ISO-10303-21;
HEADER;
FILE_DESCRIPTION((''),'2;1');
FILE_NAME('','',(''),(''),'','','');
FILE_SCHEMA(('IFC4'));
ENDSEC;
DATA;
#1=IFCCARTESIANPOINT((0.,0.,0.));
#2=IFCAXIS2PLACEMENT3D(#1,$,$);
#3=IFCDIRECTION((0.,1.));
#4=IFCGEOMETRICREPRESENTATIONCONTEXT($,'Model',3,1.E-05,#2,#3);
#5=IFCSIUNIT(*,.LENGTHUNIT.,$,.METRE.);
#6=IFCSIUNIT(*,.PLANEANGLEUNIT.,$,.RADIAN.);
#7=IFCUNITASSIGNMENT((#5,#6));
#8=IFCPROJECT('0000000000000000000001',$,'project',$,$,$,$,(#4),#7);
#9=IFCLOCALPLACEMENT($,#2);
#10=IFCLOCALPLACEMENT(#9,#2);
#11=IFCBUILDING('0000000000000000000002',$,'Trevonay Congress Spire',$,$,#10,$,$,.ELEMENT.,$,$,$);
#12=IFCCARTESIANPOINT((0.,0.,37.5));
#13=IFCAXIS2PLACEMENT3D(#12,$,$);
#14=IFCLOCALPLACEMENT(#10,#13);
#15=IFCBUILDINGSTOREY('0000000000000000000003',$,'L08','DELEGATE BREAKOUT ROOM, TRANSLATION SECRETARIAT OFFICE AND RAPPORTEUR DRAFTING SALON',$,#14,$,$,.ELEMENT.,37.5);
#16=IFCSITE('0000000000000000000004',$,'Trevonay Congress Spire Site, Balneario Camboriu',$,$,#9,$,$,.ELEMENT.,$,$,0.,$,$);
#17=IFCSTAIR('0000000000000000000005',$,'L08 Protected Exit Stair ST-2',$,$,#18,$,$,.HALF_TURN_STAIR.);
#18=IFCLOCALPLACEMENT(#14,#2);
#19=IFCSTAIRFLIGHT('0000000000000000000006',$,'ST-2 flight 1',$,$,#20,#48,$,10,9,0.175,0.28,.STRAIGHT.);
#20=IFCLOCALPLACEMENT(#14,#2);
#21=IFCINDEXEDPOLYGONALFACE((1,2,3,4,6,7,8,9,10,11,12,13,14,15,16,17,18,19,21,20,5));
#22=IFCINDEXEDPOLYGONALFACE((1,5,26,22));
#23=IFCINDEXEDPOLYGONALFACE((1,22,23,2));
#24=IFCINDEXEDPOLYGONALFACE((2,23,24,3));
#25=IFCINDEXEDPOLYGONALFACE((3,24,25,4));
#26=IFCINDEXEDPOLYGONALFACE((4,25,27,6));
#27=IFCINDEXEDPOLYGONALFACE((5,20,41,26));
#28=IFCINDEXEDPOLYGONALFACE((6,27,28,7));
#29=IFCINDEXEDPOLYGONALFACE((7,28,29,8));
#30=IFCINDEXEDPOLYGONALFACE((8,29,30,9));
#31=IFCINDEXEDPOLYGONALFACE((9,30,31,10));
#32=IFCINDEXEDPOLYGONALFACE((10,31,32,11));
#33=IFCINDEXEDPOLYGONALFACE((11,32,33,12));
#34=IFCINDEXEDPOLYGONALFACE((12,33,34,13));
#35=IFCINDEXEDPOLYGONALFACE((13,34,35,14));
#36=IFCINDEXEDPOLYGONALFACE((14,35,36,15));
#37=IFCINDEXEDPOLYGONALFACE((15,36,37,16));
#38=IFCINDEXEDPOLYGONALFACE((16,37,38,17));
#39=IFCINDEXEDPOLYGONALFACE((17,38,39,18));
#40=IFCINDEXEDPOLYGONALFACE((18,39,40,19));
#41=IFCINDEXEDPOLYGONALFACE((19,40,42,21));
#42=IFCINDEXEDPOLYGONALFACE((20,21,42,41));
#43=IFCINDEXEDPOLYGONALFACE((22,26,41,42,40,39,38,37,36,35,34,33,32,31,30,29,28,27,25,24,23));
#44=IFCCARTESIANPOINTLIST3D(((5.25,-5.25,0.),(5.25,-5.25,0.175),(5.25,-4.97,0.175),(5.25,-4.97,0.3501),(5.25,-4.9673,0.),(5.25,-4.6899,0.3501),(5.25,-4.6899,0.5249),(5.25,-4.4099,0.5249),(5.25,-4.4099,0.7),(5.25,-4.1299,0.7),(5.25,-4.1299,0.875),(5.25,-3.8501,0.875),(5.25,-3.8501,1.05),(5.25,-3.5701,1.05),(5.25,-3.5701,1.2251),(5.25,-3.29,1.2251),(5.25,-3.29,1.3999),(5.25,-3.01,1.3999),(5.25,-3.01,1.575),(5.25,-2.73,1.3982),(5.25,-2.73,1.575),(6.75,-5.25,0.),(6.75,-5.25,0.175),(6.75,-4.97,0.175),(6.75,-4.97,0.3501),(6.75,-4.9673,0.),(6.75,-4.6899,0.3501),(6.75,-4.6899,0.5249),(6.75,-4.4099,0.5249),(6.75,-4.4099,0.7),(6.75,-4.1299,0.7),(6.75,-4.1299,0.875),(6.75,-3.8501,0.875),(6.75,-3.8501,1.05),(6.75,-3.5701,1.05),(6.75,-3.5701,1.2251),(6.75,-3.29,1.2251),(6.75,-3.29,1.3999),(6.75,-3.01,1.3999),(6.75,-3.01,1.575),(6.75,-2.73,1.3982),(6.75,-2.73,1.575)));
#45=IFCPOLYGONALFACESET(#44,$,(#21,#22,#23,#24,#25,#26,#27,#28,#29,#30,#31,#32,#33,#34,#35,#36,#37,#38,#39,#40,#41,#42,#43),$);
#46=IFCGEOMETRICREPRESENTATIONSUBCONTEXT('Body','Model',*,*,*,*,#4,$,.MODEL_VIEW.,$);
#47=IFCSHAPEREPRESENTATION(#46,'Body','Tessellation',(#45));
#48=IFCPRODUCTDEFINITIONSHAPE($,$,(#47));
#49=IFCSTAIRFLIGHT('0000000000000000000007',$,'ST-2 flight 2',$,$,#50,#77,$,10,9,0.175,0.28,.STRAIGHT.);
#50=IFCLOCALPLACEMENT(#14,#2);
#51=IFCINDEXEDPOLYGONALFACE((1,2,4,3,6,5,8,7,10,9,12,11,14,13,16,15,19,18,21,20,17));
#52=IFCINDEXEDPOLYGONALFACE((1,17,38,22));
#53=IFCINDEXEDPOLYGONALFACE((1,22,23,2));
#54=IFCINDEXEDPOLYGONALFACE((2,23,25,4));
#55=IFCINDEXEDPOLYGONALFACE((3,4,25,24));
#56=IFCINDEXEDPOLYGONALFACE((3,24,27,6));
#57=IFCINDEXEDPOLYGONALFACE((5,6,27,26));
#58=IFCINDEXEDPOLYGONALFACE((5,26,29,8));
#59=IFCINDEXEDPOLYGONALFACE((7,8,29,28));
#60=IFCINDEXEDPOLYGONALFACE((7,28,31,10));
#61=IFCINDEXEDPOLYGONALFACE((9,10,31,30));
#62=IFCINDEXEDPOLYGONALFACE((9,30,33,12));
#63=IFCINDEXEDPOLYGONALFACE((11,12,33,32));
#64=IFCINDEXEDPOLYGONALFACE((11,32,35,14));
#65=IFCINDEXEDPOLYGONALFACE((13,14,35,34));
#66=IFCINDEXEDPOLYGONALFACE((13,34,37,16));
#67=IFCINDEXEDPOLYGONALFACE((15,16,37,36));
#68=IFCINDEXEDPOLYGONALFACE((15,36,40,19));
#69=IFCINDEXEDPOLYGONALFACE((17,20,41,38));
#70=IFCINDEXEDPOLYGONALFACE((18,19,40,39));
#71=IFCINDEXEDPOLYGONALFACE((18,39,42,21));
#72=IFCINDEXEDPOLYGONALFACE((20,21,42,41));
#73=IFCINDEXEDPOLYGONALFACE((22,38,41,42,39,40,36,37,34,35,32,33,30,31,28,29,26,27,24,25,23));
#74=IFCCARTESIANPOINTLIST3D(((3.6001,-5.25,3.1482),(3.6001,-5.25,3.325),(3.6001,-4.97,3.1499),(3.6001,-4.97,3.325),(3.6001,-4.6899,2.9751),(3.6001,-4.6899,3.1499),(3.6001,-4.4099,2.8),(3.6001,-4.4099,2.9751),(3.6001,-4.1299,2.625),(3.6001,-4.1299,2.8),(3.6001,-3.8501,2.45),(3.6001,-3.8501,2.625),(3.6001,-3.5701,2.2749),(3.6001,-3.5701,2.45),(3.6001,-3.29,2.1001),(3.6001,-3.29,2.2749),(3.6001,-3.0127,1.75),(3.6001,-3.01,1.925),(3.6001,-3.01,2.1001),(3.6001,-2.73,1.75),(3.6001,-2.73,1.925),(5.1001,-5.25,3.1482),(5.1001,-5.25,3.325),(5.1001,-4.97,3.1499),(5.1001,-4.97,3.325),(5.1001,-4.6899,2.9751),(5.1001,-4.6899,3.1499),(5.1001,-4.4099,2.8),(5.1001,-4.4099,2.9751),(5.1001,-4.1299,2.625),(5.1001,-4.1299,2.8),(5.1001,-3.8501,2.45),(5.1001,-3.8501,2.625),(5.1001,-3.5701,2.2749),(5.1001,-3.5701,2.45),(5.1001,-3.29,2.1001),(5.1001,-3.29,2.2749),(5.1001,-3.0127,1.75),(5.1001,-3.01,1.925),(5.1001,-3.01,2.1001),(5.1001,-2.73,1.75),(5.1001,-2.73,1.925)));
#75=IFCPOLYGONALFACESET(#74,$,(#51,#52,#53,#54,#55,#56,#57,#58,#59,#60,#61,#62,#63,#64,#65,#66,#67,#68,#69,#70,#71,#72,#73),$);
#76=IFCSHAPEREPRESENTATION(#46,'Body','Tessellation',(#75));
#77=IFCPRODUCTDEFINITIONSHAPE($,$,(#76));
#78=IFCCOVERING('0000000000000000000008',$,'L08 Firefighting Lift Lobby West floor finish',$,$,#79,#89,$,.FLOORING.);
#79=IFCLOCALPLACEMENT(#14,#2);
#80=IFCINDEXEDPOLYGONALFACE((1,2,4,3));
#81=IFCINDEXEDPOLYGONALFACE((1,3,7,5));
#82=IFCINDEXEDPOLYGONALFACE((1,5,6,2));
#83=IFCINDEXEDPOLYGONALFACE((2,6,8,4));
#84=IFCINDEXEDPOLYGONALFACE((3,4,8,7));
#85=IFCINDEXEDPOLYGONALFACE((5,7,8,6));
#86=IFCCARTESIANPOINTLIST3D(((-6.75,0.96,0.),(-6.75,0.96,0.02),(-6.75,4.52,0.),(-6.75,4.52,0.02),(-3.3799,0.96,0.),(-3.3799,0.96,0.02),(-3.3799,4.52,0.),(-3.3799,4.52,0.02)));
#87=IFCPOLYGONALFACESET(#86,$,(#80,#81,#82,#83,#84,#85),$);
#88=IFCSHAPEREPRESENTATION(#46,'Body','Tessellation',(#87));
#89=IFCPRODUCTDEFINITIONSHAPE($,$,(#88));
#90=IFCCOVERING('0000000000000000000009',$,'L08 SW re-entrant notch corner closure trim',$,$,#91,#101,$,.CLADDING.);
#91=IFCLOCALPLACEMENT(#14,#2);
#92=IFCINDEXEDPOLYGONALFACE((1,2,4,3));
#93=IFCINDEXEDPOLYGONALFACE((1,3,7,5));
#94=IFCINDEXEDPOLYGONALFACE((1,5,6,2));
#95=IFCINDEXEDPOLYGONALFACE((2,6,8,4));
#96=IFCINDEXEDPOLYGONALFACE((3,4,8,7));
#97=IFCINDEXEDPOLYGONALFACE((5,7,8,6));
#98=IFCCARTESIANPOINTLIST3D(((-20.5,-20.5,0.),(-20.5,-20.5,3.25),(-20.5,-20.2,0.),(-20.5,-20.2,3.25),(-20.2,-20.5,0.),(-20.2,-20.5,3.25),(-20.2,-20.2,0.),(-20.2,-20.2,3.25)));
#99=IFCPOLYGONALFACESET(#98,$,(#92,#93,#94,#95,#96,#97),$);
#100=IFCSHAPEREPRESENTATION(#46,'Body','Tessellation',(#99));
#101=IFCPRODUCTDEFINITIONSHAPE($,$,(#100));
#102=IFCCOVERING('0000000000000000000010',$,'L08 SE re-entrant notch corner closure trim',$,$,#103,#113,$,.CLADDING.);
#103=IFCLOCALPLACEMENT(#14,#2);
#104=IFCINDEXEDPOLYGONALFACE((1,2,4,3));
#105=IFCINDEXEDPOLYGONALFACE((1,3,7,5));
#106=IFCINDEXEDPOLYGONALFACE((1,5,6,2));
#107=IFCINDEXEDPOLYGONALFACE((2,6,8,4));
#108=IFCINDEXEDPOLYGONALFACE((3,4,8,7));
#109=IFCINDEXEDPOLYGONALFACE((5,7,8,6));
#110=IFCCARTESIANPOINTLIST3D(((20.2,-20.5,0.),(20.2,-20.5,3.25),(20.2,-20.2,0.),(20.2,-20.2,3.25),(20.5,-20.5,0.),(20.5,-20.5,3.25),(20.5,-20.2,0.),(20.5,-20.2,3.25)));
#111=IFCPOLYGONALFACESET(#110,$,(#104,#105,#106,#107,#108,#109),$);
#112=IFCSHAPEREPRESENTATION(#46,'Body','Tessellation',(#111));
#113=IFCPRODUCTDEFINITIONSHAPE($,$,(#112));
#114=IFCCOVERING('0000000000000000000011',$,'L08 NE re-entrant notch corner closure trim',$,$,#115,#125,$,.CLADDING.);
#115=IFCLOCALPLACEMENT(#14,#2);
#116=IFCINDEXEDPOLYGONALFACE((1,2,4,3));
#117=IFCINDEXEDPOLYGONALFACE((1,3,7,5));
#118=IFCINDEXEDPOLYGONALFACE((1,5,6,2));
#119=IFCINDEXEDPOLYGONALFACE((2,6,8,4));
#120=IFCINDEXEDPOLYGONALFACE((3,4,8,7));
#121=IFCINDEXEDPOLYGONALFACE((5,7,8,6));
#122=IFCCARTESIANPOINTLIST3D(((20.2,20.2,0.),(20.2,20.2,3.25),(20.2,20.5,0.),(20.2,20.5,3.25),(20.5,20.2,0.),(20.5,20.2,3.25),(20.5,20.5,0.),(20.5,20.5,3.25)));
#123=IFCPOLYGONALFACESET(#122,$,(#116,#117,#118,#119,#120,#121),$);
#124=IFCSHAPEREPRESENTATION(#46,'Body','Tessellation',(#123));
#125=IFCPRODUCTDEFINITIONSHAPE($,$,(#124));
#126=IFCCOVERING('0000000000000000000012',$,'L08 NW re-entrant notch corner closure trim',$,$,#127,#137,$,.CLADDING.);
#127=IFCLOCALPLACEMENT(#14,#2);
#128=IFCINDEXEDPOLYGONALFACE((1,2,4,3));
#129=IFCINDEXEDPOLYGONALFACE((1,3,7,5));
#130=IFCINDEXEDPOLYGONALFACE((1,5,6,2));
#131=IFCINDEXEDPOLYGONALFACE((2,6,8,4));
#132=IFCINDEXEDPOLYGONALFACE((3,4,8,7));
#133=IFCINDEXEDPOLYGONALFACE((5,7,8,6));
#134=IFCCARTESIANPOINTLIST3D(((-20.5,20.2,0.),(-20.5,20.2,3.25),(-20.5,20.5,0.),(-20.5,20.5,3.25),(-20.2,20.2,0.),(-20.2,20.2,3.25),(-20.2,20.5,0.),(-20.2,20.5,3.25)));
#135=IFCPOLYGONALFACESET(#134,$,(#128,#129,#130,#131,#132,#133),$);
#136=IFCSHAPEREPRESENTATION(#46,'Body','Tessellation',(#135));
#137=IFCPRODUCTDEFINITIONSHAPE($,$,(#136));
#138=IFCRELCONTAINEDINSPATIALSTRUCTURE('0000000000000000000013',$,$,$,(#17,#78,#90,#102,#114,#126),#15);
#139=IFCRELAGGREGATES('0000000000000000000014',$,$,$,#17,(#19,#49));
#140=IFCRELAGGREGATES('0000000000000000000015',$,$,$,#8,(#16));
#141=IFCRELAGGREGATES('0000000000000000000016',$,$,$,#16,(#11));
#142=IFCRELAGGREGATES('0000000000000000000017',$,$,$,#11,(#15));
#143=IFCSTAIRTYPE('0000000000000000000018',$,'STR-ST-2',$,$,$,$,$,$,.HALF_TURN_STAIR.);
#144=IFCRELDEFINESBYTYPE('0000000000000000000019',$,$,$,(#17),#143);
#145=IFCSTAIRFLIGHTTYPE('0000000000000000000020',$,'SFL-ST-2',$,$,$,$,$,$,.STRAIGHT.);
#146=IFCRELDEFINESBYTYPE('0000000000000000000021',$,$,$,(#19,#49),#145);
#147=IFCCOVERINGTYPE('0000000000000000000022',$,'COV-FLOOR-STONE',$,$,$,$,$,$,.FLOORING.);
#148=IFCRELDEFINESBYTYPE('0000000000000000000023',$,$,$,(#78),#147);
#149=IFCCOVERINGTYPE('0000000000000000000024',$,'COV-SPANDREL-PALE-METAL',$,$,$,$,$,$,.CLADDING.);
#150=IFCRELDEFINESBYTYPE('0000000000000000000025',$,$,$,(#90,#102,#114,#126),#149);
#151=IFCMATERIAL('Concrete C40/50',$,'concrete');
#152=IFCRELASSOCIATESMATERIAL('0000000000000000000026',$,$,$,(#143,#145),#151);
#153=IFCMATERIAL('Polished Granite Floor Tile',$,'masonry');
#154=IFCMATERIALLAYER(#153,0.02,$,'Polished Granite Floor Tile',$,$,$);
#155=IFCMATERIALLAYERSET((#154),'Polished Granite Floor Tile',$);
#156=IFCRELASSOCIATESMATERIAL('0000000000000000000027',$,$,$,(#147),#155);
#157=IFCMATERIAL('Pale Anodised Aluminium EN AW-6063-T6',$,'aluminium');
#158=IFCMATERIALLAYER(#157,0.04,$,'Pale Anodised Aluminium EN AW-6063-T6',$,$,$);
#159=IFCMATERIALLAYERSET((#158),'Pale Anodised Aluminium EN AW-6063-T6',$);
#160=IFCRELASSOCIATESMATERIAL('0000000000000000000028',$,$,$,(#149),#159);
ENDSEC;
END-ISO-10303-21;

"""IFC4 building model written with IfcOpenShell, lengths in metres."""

from ifc_helpers import new_model, si_unit, direction, frame, origin, place, context, subcontext, project, spatial, polyline, outline, extrude, material, layer, layer_set, type_object, element, aggregate, save


model = new_model("IFC4")

# Units and contexts
model_context = context("Model", 3, precision=1e-05, world=origin(), true_north=direction((0.0, 1.0)))
body_context = subcontext(model_context, "Body", "Model", "MODEL_VIEW")
ifc_project = project(units=[si_unit("LENGTHUNIT", "METRE"), si_unit("PLANEANGLEUNIT", "RADIAN")], contexts=[model_context])

# Site, building, storey
site_placement = place(None, origin())
site = spatial("IfcSite", under=ifc_project, at=site_placement, Name="Trevonay Congress Spire Site, Balneario Camboriu", CompositionType="ELEMENT", RefElevation=0.0)
building_placement = place(site_placement, origin())
building = spatial("IfcBuilding", under=site, at=building_placement, Name="Trevonay Congress Spire", CompositionType="ELEMENT")
storey_placement = place(building_placement, frame((0.0, 0.0, 37.5)))
storey = spatial("IfcBuildingStorey", under=building, at=storey_placement, Name="L08", Description="DELEGATE BREAKOUT ROOM, TRANSLATION SECRETARIAT OFFICE AND RAPPORTEUR DRAFTING SALON", CompositionType="ELEMENT", Elevation=37.5)

# Stair
ifc_material_1 = material(Name="Concrete C40/50", Category="concrete")
stair_type_1 = type_object("IfcStairType", Name="STR-ST-2", PredefinedType="HALF_TURN_STAIR", material=ifc_material_1)
stair_1_placement = place(storey_placement, origin())
stair_1 = element("IfcStair", 1, at=stair_1_placement, inside=storey, type_object=stair_type_1, Name="L08 Protected Exit Stair ST-2", PredefinedType="HALF_TURN_STAIR")

# Stair flights
stair_flight_type = type_object("IfcStairFlightType", Name="SFL-ST-2", PredefinedType="STRAIGHT", material=ifc_material_1)
stair_flight_1_placement = place(storey_placement, frame((6.0, -5.25, 0.0), z_axis=(0.0, 0.0, 1.0), x_axis=(0.0, 1.0, 0.0)))
stair_flight_1 = element("IfcStairFlight", 2, at=stair_flight_1_placement, type_object=stair_flight_type, Name="ST-2 flight 1", NumberOfRisers=10, NumberOfTreads=9, PredefinedType="STRAIGHT", RiserHeight=0.175, TreadLength=0.28, context=body_context, shape_type="SweptSolid", body=[
    extrude(outline(polyline([(0.0, 0.0), (0.0, 0.175), (0.28, 0.175), (0.28, 0.3501), (0.5601, 0.3501), (0.5601, 0.5249), (0.8401, 0.5249), (0.8401, 0.7), (1.1201, 0.7), (1.1201, 0.875), (1.3999, 0.875), (1.3999, 1.05), (1.6799, 1.05), (1.6799, 1.2251), (1.96, 1.2251), (1.96, 1.3999), (2.24, 1.3999), (2.24, 1.575), (2.52, 1.575), (2.52, 1.75), (2.52, 1.3982), (0.2827, 0.0), (0.0, 0.0)])), frame((0.0, 0.75, 0.0), z_axis=(0.0, -1.0, 0.0), x_axis=(1.0, 0.0, 0.0)), (0.0, 0.0, 1.0), 1.5),
])
stair_flight_2_placement = place(storey_placement, frame((4.3501, -2.73, 1.75), z_axis=(0.0, 0.0, 1.0), x_axis=(0.0, -1.0, 0.0)))
stair_flight_2 = element("IfcStairFlight", 3, at=stair_flight_2_placement, type_object=stair_flight_type, Name="ST-2 flight 2", NumberOfRisers=10, NumberOfTreads=9, PredefinedType="STRAIGHT", RiserHeight=0.175, TreadLength=0.28, context=body_context, shape_type="SweptSolid", body=[
    extrude(outline(polyline([(0.0, 0.0), (0.0, 0.175), (0.28, 0.175), (0.28, 0.3501), (0.5601, 0.3501), (0.5601, 0.5249), (0.8401, 0.5249), (0.8401, 0.7), (1.1201, 0.7), (1.1201, 0.875), (1.3999, 0.875), (1.3999, 1.05), (1.6799, 1.05), (1.6799, 1.2251), (1.96, 1.2251), (1.96, 1.3999), (2.24, 1.3999), (2.24, 1.575), (2.52, 1.575), (2.52, 1.75), (2.52, 1.3982), (0.2827, 0.0), (0.0, 0.0)])), frame((0.0, 0.75, 0.0), z_axis=(0.0, -1.0, 0.0), x_axis=(1.0, 0.0, 0.0)), (0.0, 0.0, 1.0), 1.5),
])
aggregate(stair_1, [stair_flight_1, stair_flight_2])

# Coverings
ifc_material_2 = material(Name="Polished Granite Floor Tile", Category="masonry")
ifc_layer_1 = layer(ifc_material_2, 0.02, Name="Polished Granite Floor Tile")
ifc_layer_set_1 = layer_set([ifc_layer_1], Name="Polished Granite Floor Tile")
covering_type_1 = type_object("IfcCoveringType", Name="COV-FLOOR-STONE", PredefinedType="FLOORING", material=ifc_layer_set_1)
covering_1_placement = place(storey_placement, origin())
element("IfcCovering", 4, at=covering_1_placement, inside=storey, type_object=covering_type_1, Name="L08 Firefighting Lift Lobby West floor finish", PredefinedType="FLOORING", context=body_context, shape_type="SweptSolid", body=[
    extrude(outline(polyline([(-6.75, 0.96), (-3.3799, 0.96), (-3.3799, 4.52), (-6.75, 4.52), (-6.75, 0.96)])), origin(), (0.0, 0.0, 1.0), 0.02),
])
ifc_material_3 = material(Name="Pale Anodised Aluminium EN AW-6063-T6", Category="aluminium")
ifc_layer_2 = layer(ifc_material_3, 0.04, Name="Pale Anodised Aluminium EN AW-6063-T6")
ifc_layer_set_2 = layer_set([ifc_layer_2], Name="Pale Anodised Aluminium EN AW-6063-T6")
covering_type_2 = type_object("IfcCoveringType", Name="COV-SPANDREL-PALE-METAL", PredefinedType="CLADDING", material=ifc_layer_set_2)
covering_2_placement = place(storey_placement, origin())
element("IfcCovering", 5, at=covering_2_placement, inside=storey, type_object=covering_type_2, Name="L08 SW re-entrant notch corner closure trim", PredefinedType="CLADDING", context=body_context, shape_type="SweptSolid", body=[
    extrude(outline(polyline([(-20.5, -20.5), (-20.2, -20.5), (-20.2, -20.2), (-20.5, -20.2), (-20.5, -20.5)])), origin(), (0.0, 0.0, 1.0), 3.25),
])
covering_3_placement = place(storey_placement, origin())
element("IfcCovering", 6, at=covering_3_placement, inside=storey, type_object=covering_type_2, Name="L08 SE re-entrant notch corner closure trim", PredefinedType="CLADDING", context=body_context, shape_type="SweptSolid", body=[
    extrude(outline(polyline([(20.2, -20.5), (20.5, -20.5), (20.5, -20.2), (20.2, -20.2), (20.2, -20.5)])), origin(), (0.0, 0.0, 1.0), 3.25),
])
covering_4_placement = place(storey_placement, origin())
element("IfcCovering", 7, at=covering_4_placement, inside=storey, type_object=covering_type_2, Name="L08 NE re-entrant notch corner closure trim", PredefinedType="CLADDING", context=body_context, shape_type="SweptSolid", body=[
    extrude(outline(polyline([(20.2, 20.2), (20.5, 20.2), (20.5, 20.5), (20.2, 20.5), (20.2, 20.2)])), origin(), (0.0, 0.0, 1.0), 3.25),
])
covering_5_placement = place(storey_placement, origin())
element("IfcCovering", 8, at=covering_5_placement, inside=storey, type_object=covering_type_2, Name="L08 NW re-entrant notch corner closure trim", PredefinedType="CLADDING", context=body_context, shape_type="SweptSolid", body=[
    extrude(outline(polyline([(-20.5, 20.2), (-20.2, 20.2), (-20.2, 20.5), (-20.5, 20.5), (-20.5, 20.2)])), origin(), (0.0, 0.0, 1.0), 3.25),
])

save(model, "model.ifc")
